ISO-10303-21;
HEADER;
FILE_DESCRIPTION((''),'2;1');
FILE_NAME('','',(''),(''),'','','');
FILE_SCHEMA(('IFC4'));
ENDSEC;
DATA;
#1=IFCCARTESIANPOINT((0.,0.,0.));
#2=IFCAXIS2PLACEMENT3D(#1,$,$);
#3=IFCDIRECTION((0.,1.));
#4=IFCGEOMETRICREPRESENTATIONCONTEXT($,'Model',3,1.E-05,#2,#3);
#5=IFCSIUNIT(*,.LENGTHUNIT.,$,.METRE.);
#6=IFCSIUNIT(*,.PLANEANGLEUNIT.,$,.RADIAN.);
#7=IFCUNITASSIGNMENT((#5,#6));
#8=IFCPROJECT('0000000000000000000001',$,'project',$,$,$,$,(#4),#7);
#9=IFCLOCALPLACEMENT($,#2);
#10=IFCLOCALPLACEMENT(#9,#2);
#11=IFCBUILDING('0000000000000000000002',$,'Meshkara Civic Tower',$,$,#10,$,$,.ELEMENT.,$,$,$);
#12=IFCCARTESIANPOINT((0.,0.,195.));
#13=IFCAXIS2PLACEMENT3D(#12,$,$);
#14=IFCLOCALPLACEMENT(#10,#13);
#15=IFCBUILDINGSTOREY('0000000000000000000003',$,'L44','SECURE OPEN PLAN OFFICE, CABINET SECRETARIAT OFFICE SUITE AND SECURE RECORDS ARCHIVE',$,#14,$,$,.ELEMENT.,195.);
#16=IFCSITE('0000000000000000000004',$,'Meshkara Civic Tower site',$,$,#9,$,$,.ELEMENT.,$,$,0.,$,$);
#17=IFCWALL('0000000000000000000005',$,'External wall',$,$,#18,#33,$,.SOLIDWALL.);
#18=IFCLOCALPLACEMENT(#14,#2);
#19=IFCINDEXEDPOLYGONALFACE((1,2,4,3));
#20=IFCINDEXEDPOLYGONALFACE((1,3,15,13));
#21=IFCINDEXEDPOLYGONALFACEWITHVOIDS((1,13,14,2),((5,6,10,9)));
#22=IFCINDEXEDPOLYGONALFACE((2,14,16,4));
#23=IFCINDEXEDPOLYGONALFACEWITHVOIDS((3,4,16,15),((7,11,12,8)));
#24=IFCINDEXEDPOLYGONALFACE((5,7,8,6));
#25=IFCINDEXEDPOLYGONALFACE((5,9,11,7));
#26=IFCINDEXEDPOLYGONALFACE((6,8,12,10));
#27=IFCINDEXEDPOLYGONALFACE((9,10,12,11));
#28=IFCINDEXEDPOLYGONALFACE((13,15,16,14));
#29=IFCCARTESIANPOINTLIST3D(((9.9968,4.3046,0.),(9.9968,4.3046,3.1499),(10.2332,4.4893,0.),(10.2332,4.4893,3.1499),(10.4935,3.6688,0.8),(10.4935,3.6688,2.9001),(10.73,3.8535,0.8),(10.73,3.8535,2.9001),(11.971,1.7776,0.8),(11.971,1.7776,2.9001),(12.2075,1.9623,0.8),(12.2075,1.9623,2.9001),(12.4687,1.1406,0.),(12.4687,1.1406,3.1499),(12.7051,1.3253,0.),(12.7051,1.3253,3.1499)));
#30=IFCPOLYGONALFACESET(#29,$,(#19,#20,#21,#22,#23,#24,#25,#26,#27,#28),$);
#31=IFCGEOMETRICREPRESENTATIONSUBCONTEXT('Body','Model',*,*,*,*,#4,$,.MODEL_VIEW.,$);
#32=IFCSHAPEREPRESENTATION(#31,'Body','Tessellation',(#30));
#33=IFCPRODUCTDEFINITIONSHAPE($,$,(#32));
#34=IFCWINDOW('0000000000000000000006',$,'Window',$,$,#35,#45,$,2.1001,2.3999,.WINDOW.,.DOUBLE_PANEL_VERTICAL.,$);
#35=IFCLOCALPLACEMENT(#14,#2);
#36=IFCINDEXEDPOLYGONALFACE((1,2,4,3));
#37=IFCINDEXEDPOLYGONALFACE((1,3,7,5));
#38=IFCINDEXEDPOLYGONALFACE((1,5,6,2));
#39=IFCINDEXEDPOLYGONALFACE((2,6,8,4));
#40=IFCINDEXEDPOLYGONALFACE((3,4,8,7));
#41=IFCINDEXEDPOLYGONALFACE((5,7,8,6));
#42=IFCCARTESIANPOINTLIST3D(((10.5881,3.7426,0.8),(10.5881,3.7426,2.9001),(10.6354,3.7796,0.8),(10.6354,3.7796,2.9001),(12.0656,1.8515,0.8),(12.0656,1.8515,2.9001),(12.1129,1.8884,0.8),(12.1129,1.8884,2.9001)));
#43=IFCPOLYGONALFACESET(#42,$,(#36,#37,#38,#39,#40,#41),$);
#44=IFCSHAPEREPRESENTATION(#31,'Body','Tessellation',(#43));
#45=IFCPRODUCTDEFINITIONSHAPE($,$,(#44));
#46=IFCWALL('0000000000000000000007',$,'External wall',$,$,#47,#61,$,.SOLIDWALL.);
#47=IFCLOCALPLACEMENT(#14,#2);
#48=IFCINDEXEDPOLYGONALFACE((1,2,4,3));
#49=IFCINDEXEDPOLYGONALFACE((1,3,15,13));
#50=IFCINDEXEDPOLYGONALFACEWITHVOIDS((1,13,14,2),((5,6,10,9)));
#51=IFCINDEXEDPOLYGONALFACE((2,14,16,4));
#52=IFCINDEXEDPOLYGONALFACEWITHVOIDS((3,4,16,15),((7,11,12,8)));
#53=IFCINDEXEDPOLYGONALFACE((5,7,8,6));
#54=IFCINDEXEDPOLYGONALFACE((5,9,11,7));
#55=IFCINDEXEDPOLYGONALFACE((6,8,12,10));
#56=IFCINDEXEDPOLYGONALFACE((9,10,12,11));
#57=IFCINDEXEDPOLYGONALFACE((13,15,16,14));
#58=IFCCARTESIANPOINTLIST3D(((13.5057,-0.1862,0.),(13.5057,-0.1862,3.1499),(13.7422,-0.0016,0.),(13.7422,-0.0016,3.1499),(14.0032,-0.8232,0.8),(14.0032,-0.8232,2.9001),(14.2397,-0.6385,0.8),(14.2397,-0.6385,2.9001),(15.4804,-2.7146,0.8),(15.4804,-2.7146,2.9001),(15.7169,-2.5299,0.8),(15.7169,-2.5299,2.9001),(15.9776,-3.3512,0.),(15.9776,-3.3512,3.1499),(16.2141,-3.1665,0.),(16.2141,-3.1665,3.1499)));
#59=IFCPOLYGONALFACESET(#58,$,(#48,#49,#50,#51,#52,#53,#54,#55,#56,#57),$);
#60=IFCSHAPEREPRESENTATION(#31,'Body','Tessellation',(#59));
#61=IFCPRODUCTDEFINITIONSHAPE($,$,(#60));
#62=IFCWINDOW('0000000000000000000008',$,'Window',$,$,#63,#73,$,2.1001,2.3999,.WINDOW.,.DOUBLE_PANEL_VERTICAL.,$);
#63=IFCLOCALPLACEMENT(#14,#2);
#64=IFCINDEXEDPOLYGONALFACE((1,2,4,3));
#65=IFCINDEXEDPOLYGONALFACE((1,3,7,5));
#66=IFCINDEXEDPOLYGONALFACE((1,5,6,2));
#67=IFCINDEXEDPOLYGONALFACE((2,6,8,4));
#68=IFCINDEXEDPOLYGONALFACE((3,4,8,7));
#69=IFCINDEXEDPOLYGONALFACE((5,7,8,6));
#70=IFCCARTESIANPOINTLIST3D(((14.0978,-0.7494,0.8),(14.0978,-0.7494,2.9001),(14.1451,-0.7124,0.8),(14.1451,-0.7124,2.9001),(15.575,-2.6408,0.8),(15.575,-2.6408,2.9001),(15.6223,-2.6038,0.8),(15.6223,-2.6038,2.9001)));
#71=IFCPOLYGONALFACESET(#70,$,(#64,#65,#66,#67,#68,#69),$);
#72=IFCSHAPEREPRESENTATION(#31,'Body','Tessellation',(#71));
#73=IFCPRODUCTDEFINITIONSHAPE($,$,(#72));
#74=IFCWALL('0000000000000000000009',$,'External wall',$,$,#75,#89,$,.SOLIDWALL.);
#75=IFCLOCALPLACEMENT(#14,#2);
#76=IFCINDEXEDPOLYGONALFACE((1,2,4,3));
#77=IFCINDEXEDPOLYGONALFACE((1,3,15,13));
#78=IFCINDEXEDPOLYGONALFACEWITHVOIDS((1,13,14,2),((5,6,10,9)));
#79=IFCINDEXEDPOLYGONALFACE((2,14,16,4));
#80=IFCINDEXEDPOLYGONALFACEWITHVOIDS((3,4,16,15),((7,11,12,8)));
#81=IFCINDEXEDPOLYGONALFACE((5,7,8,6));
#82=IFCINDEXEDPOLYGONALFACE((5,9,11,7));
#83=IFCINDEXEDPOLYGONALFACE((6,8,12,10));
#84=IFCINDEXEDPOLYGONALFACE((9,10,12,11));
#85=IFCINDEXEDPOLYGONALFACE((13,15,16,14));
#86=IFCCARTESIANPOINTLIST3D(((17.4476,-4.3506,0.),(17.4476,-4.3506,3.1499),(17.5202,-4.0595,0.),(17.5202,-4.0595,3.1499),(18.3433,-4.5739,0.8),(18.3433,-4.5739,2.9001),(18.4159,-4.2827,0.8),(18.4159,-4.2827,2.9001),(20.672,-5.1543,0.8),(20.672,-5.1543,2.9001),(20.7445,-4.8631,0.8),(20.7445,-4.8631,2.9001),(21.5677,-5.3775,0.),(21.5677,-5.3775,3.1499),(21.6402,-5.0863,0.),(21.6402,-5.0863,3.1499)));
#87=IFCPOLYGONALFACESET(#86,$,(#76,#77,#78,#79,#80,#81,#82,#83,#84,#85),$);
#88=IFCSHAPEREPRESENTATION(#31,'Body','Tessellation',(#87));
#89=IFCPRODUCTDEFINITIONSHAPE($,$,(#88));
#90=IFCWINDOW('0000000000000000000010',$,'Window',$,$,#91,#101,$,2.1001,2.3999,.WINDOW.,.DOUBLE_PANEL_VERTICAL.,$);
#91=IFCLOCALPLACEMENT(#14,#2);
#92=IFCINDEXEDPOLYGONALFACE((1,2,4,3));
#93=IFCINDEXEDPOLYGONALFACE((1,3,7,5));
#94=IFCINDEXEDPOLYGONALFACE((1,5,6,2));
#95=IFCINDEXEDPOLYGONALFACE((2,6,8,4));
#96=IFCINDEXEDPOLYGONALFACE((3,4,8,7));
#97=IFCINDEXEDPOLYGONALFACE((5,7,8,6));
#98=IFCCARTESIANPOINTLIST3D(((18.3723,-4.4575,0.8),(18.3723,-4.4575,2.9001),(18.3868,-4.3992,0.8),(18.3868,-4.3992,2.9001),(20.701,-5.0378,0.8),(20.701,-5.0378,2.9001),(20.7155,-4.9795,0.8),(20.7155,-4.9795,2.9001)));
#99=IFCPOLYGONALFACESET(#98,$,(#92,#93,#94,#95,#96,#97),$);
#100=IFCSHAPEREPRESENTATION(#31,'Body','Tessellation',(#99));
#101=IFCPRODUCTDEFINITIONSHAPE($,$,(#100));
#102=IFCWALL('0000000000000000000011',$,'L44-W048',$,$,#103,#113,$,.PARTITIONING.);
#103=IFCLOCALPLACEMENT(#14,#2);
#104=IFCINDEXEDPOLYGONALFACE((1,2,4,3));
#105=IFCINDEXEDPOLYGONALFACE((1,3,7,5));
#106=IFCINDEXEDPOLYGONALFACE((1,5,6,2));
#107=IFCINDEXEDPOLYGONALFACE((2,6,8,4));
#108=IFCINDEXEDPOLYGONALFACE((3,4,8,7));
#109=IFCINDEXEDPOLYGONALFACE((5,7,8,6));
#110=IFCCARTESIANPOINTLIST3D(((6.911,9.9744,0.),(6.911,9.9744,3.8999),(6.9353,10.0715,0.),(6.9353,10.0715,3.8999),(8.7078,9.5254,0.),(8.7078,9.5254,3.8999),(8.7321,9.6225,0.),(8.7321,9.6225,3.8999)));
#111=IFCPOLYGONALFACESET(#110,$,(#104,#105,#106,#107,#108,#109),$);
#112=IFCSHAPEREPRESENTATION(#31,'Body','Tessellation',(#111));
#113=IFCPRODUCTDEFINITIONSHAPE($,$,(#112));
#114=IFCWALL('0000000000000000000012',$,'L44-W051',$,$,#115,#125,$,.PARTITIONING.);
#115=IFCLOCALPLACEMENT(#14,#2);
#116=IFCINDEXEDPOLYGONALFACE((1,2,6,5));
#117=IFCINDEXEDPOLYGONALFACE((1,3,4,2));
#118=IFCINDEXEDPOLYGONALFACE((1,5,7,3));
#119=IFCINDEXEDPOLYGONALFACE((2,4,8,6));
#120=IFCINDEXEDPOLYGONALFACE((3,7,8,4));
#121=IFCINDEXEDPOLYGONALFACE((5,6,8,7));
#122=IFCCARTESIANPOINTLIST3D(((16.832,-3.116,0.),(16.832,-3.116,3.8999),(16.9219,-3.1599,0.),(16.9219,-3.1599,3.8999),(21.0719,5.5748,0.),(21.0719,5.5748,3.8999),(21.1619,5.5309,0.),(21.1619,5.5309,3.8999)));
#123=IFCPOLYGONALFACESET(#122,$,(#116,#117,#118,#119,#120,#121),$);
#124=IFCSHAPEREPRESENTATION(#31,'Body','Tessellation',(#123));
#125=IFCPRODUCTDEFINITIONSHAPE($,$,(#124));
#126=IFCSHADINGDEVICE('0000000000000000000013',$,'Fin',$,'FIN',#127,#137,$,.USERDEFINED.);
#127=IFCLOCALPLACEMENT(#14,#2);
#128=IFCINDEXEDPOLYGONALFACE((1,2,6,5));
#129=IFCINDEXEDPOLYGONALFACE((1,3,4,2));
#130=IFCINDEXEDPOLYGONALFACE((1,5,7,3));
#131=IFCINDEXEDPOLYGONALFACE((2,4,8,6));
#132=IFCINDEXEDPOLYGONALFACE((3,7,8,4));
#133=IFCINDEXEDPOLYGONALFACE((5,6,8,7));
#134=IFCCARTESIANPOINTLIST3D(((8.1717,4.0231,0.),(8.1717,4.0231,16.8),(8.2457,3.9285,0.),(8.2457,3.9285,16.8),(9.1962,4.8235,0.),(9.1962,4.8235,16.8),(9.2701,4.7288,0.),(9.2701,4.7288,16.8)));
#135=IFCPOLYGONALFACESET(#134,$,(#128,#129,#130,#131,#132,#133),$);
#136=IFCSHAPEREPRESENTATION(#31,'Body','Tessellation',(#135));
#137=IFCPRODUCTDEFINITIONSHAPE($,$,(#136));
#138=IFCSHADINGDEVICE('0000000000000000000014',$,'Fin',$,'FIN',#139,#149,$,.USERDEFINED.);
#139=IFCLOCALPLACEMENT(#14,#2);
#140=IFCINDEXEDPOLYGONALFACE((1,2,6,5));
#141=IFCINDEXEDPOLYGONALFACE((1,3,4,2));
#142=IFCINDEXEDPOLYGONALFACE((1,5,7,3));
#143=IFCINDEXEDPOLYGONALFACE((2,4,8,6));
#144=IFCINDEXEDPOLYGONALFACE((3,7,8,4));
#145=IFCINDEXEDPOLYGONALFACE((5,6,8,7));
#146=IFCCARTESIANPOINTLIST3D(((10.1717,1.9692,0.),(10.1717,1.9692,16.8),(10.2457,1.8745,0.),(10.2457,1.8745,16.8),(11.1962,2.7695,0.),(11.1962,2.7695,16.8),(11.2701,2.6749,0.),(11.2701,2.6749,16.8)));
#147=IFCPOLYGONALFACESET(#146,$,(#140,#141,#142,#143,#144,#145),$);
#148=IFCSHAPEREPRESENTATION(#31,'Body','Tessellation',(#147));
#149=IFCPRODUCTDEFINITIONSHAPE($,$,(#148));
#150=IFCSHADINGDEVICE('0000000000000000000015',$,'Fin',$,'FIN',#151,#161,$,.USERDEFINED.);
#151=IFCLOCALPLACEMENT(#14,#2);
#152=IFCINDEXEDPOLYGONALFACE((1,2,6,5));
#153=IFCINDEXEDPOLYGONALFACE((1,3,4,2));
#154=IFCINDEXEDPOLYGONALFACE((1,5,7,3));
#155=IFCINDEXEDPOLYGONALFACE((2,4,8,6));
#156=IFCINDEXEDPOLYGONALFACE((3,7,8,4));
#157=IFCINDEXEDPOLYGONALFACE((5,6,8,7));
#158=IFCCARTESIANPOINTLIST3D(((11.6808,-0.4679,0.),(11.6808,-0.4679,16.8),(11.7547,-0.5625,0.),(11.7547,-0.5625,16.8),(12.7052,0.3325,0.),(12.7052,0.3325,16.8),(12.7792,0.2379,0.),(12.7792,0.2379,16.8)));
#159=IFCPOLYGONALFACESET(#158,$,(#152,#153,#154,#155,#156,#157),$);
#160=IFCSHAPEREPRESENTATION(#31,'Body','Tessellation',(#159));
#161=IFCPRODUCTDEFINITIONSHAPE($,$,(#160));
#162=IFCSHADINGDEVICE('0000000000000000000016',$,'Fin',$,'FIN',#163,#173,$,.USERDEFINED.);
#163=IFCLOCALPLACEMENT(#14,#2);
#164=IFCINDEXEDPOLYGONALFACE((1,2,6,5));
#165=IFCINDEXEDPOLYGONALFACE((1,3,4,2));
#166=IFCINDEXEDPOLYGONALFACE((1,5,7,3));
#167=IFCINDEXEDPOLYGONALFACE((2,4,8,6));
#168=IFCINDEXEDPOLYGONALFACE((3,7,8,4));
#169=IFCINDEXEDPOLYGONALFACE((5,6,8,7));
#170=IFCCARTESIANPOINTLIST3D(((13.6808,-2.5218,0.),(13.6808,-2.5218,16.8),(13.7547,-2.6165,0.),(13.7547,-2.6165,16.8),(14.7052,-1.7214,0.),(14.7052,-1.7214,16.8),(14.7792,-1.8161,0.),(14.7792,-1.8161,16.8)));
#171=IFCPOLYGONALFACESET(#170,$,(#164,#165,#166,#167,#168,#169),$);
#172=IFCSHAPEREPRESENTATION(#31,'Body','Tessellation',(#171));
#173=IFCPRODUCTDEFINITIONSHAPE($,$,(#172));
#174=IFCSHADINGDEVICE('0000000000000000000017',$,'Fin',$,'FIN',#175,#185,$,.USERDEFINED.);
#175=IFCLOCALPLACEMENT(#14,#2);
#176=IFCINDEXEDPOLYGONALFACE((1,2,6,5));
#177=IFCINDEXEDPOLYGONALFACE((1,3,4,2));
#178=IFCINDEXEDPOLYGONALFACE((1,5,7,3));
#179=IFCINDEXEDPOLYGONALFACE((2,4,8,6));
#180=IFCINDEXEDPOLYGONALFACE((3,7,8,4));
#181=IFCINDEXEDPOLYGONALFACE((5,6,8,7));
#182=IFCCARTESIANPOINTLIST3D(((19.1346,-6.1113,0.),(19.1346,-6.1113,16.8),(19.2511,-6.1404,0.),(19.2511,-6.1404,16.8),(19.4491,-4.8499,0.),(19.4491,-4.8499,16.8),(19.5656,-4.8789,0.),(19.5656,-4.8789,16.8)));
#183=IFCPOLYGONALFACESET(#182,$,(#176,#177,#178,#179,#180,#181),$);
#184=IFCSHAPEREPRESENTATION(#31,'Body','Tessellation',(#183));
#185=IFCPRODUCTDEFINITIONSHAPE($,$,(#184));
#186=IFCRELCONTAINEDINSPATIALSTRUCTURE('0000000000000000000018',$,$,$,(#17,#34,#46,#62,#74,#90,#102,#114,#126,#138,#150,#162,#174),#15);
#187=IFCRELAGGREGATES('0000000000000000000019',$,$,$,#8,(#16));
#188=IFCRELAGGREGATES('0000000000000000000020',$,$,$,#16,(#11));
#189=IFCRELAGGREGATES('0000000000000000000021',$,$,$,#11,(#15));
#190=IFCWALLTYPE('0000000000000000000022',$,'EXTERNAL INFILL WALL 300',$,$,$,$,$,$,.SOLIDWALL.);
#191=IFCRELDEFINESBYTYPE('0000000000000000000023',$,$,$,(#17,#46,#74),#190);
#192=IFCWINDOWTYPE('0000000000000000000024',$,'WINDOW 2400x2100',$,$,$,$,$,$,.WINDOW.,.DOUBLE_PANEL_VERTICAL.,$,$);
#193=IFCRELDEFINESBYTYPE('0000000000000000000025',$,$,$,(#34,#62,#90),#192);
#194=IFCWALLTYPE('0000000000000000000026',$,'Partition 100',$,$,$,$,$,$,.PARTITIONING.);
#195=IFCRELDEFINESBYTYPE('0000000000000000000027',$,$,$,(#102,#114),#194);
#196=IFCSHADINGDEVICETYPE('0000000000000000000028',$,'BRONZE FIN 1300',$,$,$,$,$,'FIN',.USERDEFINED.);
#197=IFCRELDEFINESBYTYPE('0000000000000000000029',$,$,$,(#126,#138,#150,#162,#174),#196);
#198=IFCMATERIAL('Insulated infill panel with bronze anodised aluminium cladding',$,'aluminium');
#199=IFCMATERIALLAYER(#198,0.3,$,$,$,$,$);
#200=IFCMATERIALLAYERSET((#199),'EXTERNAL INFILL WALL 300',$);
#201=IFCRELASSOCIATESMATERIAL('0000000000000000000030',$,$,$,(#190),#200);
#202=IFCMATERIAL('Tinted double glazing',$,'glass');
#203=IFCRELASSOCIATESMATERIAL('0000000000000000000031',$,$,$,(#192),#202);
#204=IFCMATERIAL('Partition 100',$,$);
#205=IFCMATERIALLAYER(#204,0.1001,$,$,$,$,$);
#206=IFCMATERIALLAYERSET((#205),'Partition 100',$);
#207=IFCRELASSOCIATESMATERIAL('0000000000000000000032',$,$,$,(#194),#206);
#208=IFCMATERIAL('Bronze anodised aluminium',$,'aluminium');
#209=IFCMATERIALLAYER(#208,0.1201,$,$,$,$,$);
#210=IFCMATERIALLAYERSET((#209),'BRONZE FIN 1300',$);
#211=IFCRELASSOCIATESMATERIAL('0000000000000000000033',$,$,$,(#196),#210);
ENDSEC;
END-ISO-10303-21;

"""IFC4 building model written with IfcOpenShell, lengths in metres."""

from ifc_helpers import new_model, si_unit, direction, frame, frame_2d, origin, origin_2d, place, context, subcontext, project, spatial, rectangle, extrude, material, layer, layer_set, type_object, element, fill, save


model = new_model("IFC4")

# Units and contexts
model_context = context("Model", 3, precision=1e-05, world=origin(), true_north=direction((0.0, 1.0)))
body_context = subcontext(model_context, "Body", "Model", "MODEL_VIEW")
ifc_project = project(units=[si_unit("LENGTHUNIT", "METRE"), si_unit("PLANEANGLEUNIT", "RADIAN")], contexts=[model_context])

# Site, building, storey
site_placement = place(None, origin())
site = spatial("IfcSite", under=ifc_project, at=site_placement, Name="Meshkara Civic Tower site", CompositionType="ELEMENT", RefElevation=0.0)
building_placement = place(site_placement, origin())
building = spatial("IfcBuilding", under=site, at=building_placement, Name="Meshkara Civic Tower", CompositionType="ELEMENT")
storey_placement = place(building_placement, frame((0.0, 0.0, 195.0)))
storey = spatial("IfcBuildingStorey", under=building, at=storey_placement, Name="L44", Description="SECURE OPEN PLAN OFFICE, CABINET SECRETARIAT OFFICE SUITE AND SECURE RECORDS ARCHIVE", CompositionType="ELEMENT", Elevation=195.0)

# Walls, openings, windows
ifc_material_1 = material(Name="Insulated infill panel with bronze anodised aluminium cladding", Category="aluminium")
ifc_layer_1 = layer(ifc_material_1, 0.3)
ifc_layer_set_1 = layer_set([ifc_layer_1], Name="EXTERNAL INFILL WALL 300")
wall_type_1 = type_object("IfcWallType", Name="EXTERNAL INFILL WALL 300", PredefinedType="SOLIDWALL", material=ifc_layer_set_1)
wall_1_placement = place(storey_placement, frame((10.115, 4.397, 0.0), z_axis=(0.0, 0.0, 1.0), x_axis=(0.615644, -0.788024, 0.0)))
wall_1 = element("IfcWall", 1, at=wall_1_placement, inside=storey, type_object=wall_type_1, Name="External wall", PredefinedType="SOLIDWALL", context=body_context, shape_type="SweptSolid", body=[
    extrude(rectangle(XDim=4.0151, YDim=0.3, at=frame_2d((2.0076, 0.0))), origin(), (0.0, 0.0, 1.0), 3.1499),
])
opening_1_placement = place(wall_1_placement, frame((0.8069, 0.0, 0.8)))
opening_1 = element("IfcOpeningElement", 2, at=opening_1_placement, cuts=wall_1, PredefinedType="OPENING", context=body_context, shape_type="SweptSolid", body=[
    extrude(rectangle(XDim=2.3999, YDim=2.1001, at=frame_2d((1.2, 1.05))), frame((0.0, 0.1599, 0.0), z_axis=(0.0, -1.0, 0.0), x_axis=(1.0, 0.0, 0.0)), (0.0, 0.0, 1.0), 0.3201),
])
ifc_material_2 = material(Name="Tinted double glazing", Category="glass")
window_type = type_object("IfcWindowType", Name="WINDOW 2400x2100", PartitioningType="DOUBLE_PANEL_VERTICAL", PredefinedType="WINDOW", material=ifc_material_2)
window_1_placement = place(opening_1_placement, origin())
window_1 = element("IfcWindow", 3, at=window_1_placement, inside=storey, type_object=window_type, Name="Window", OverallHeight=2.1001, OverallWidth=2.3999, PartitioningType="DOUBLE_PANEL_VERTICAL", PredefinedType="WINDOW", context=body_context, shape_type="SweptSolid", body=[
    extrude(rectangle(XDim=2.3999, YDim=2.1001, at=frame_2d((1.2, 1.05))), frame((0.0, 0.03, 0.0), z_axis=(0.0, -1.0, 0.0), x_axis=(1.0, 0.0, 0.0)), (0.0, 0.0, 1.0), 0.0601),
])
fill(opening_1, window_1)
wall_2_placement = place(storey_placement, frame((13.624, -0.094, 0.0), z_axis=(0.0, 0.0, 1.0), x_axis=(0.615526, -0.788117, 0.0)))
wall_2 = element("IfcWall", 4, at=wall_2_placement, inside=storey, type_object=wall_type_1, Name="External wall", PredefinedType="SOLIDWALL", context=body_context, shape_type="SweptSolid", body=[
    extrude(rectangle(XDim=4.0159, YDim=0.3, at=frame_2d((2.0078, 0.0))), origin(), (0.0, 0.0, 1.0), 3.1499),
])
opening_2_placement = place(wall_2_placement, frame((0.8081, 0.0, 0.8)))
opening_2 = element("IfcOpeningElement", 5, at=opening_2_placement, cuts=wall_2, PredefinedType="OPENING", context=body_context, shape_type="SweptSolid", body=[
    extrude(rectangle(XDim=2.3999, YDim=2.1001, at=frame_2d((1.2, 1.05))), frame((0.0, 0.1599, 0.0), z_axis=(0.0, -1.0, 0.0), x_axis=(1.0, 0.0, 0.0)), (0.0, 0.0, 1.0), 0.3201),
])
window_2_placement = place(opening_2_placement, origin())
window_2 = element("IfcWindow", 6, at=window_2_placement, inside=storey, type_object=window_type, Name="Window", OverallHeight=2.1001, OverallWidth=2.3999, PartitioningType="DOUBLE_PANEL_VERTICAL", PredefinedType="WINDOW", context=body_context, shape_type="SweptSolid", body=[
    extrude(rectangle(XDim=2.3999, YDim=2.1001, at=frame_2d((1.2, 1.05))), frame((0.0, 0.03, 0.0), z_axis=(0.0, -1.0, 0.0), x_axis=(1.0, 0.0, 0.0)), (0.0, 0.0, 1.0), 0.0601),
])
fill(opening_2, window_2)
wall_3_placement = place(storey_placement, frame((17.4839, -4.2051, 0.0), z_axis=(0.0, 0.0, 1.0), x_axis=(0.970318, -0.241832, 0.0)))
wall_3 = element("IfcWall", 7, at=wall_3_placement, inside=storey, type_object=wall_type_1, Name="External wall", PredefinedType="SOLIDWALL", context=body_context, shape_type="SweptSolid", body=[
    extrude(rectangle(XDim=4.2461, YDim=0.3, at=frame_2d((2.123, 0.0))), origin(), (0.0, 0.0, 1.0), 3.1499),
])
opening_3_placement = place(wall_3_placement, frame((0.9231, 0.0, 0.8)))
opening_3 = element("IfcOpeningElement", 8, at=opening_3_placement, cuts=wall_3, PredefinedType="OPENING", context=body_context, shape_type="SweptSolid", body=[
    extrude(rectangle(XDim=2.3999, YDim=2.1001, at=frame_2d((1.2, 1.05))), frame((0.0, 0.1599, 0.0), z_axis=(0.0, -1.0, 0.0), x_axis=(1.0, 0.0, 0.0)), (0.0, 0.0, 1.0), 0.3201),
])
window_3_placement = place(opening_3_placement, origin())
window_3 = element("IfcWindow", 9, at=window_3_placement, inside=storey, type_object=window_type, Name="Window", OverallHeight=2.1001, OverallWidth=2.3999, PartitioningType="DOUBLE_PANEL_VERTICAL", PredefinedType="WINDOW", context=body_context, shape_type="SweptSolid", body=[
    extrude(rectangle(XDim=2.3999, YDim=2.1001, at=frame_2d((1.2, 1.05))), frame((0.0, 0.03, 0.0), z_axis=(0.0, -1.0, 0.0), x_axis=(1.0, 0.0, 0.0)), (0.0, 0.0, 1.0), 0.0601),
])
fill(opening_3, window_3)

# Walls
ifc_material_3 = material(Name="Partition 100")
ifc_layer_2 = layer(ifc_material_3, 0.1001)
ifc_layer_set_2 = layer_set([ifc_layer_2], Name="Partition 100")
wall_type_2 = type_object("IfcWallType", Name="Partition 100", PredefinedType="PARTITIONING", material=ifc_layer_set_2)
wall_4_placement = place(storey_placement, frame((8.72, 9.574, 0.0), z_axis=(0.0, 0.0, 1.0), x_axis=(-0.970174, 0.242412, 0.0)))
element("IfcWall", 10, at=wall_4_placement, inside=storey, type_object=wall_type_2, Name="L44-W048", PredefinedType="PARTITIONING", context=body_context, shape_type="SweptSolid", body=[
    extrude(rectangle(XDim=1.8521, YDim=0.1001, at=frame_2d((0.926, 0.0))), origin(), (0.0, 0.0, 1.0), 3.8999),
])
wall_5_placement = place(storey_placement, frame((16.877, -3.1379, 0.0), z_axis=(0.0, 0.0, 1.0), x_axis=(0.438467, 0.898747, 0.0)))
element("IfcWall", 11, at=wall_5_placement, inside=storey, type_object=wall_type_2, Name="L44-W051", PredefinedType="PARTITIONING", context=body_context, shape_type="SweptSolid", body=[
    extrude(rectangle(XDim=9.6699, YDim=0.1001, at=frame_2d((4.835, 0.0))), origin(), (0.0, 0.0, 1.0), 3.8999),
])

# Shading devices
ifc_material_4 = material(Name="Bronze anodised aluminium", Category="aluminium")
ifc_layer_3 = layer(ifc_material_4, 0.1201)
ifc_layer_set_3 = layer_set([ifc_layer_3], Name="BRONZE FIN 1300")
shading_device_type = type_object("IfcShadingDeviceType", Name="BRONZE FIN 1300", ElementType="FIN", PredefinedType="USERDEFINED", material=ifc_layer_set_3)
for number, where, z_axis, x_axis, name in (
    (12, (8.7209, 4.376, 0.0), (0.0, 0.0, 1.0), (0.615661, -0.788011, 0.0), "Fin"),
    (13, (10.7209, 2.322, 0.0), (0.0, 0.0, 1.0), (0.615661, -0.788011, 0.0), "Fin"),
    (14, (12.23, -0.115, 0.0), (0.0, 0.0, 1.0), (0.615661, -0.788011, 0.0), "Fin"),
    (15, (14.23, -2.1689, 0.0), (0.0, 0.0, 1.0), (0.615661, -0.788011, 0.0), "Fin"),
    (16, (19.3501, -5.4951, 0.0), (0.0, 0.0, 1.0), (0.9703, -0.241905, 0.0), "Fin"),
):
    element("IfcShadingDevice", number, at=place(storey_placement, frame(where, z_axis=z_axis, x_axis=x_axis)), inside=storey, type_object=shading_device_type, Name=name, ObjectType="FIN", PredefinedType="USERDEFINED", context=body_context, shape_type="SweptSolid", body=[
        extrude(rectangle(XDim=0.1201, YDim=1.3, at=origin_2d()), origin(), (0.0, 0.0, 1.0), 16.8),
    ])

save(model, "model.ifc")
